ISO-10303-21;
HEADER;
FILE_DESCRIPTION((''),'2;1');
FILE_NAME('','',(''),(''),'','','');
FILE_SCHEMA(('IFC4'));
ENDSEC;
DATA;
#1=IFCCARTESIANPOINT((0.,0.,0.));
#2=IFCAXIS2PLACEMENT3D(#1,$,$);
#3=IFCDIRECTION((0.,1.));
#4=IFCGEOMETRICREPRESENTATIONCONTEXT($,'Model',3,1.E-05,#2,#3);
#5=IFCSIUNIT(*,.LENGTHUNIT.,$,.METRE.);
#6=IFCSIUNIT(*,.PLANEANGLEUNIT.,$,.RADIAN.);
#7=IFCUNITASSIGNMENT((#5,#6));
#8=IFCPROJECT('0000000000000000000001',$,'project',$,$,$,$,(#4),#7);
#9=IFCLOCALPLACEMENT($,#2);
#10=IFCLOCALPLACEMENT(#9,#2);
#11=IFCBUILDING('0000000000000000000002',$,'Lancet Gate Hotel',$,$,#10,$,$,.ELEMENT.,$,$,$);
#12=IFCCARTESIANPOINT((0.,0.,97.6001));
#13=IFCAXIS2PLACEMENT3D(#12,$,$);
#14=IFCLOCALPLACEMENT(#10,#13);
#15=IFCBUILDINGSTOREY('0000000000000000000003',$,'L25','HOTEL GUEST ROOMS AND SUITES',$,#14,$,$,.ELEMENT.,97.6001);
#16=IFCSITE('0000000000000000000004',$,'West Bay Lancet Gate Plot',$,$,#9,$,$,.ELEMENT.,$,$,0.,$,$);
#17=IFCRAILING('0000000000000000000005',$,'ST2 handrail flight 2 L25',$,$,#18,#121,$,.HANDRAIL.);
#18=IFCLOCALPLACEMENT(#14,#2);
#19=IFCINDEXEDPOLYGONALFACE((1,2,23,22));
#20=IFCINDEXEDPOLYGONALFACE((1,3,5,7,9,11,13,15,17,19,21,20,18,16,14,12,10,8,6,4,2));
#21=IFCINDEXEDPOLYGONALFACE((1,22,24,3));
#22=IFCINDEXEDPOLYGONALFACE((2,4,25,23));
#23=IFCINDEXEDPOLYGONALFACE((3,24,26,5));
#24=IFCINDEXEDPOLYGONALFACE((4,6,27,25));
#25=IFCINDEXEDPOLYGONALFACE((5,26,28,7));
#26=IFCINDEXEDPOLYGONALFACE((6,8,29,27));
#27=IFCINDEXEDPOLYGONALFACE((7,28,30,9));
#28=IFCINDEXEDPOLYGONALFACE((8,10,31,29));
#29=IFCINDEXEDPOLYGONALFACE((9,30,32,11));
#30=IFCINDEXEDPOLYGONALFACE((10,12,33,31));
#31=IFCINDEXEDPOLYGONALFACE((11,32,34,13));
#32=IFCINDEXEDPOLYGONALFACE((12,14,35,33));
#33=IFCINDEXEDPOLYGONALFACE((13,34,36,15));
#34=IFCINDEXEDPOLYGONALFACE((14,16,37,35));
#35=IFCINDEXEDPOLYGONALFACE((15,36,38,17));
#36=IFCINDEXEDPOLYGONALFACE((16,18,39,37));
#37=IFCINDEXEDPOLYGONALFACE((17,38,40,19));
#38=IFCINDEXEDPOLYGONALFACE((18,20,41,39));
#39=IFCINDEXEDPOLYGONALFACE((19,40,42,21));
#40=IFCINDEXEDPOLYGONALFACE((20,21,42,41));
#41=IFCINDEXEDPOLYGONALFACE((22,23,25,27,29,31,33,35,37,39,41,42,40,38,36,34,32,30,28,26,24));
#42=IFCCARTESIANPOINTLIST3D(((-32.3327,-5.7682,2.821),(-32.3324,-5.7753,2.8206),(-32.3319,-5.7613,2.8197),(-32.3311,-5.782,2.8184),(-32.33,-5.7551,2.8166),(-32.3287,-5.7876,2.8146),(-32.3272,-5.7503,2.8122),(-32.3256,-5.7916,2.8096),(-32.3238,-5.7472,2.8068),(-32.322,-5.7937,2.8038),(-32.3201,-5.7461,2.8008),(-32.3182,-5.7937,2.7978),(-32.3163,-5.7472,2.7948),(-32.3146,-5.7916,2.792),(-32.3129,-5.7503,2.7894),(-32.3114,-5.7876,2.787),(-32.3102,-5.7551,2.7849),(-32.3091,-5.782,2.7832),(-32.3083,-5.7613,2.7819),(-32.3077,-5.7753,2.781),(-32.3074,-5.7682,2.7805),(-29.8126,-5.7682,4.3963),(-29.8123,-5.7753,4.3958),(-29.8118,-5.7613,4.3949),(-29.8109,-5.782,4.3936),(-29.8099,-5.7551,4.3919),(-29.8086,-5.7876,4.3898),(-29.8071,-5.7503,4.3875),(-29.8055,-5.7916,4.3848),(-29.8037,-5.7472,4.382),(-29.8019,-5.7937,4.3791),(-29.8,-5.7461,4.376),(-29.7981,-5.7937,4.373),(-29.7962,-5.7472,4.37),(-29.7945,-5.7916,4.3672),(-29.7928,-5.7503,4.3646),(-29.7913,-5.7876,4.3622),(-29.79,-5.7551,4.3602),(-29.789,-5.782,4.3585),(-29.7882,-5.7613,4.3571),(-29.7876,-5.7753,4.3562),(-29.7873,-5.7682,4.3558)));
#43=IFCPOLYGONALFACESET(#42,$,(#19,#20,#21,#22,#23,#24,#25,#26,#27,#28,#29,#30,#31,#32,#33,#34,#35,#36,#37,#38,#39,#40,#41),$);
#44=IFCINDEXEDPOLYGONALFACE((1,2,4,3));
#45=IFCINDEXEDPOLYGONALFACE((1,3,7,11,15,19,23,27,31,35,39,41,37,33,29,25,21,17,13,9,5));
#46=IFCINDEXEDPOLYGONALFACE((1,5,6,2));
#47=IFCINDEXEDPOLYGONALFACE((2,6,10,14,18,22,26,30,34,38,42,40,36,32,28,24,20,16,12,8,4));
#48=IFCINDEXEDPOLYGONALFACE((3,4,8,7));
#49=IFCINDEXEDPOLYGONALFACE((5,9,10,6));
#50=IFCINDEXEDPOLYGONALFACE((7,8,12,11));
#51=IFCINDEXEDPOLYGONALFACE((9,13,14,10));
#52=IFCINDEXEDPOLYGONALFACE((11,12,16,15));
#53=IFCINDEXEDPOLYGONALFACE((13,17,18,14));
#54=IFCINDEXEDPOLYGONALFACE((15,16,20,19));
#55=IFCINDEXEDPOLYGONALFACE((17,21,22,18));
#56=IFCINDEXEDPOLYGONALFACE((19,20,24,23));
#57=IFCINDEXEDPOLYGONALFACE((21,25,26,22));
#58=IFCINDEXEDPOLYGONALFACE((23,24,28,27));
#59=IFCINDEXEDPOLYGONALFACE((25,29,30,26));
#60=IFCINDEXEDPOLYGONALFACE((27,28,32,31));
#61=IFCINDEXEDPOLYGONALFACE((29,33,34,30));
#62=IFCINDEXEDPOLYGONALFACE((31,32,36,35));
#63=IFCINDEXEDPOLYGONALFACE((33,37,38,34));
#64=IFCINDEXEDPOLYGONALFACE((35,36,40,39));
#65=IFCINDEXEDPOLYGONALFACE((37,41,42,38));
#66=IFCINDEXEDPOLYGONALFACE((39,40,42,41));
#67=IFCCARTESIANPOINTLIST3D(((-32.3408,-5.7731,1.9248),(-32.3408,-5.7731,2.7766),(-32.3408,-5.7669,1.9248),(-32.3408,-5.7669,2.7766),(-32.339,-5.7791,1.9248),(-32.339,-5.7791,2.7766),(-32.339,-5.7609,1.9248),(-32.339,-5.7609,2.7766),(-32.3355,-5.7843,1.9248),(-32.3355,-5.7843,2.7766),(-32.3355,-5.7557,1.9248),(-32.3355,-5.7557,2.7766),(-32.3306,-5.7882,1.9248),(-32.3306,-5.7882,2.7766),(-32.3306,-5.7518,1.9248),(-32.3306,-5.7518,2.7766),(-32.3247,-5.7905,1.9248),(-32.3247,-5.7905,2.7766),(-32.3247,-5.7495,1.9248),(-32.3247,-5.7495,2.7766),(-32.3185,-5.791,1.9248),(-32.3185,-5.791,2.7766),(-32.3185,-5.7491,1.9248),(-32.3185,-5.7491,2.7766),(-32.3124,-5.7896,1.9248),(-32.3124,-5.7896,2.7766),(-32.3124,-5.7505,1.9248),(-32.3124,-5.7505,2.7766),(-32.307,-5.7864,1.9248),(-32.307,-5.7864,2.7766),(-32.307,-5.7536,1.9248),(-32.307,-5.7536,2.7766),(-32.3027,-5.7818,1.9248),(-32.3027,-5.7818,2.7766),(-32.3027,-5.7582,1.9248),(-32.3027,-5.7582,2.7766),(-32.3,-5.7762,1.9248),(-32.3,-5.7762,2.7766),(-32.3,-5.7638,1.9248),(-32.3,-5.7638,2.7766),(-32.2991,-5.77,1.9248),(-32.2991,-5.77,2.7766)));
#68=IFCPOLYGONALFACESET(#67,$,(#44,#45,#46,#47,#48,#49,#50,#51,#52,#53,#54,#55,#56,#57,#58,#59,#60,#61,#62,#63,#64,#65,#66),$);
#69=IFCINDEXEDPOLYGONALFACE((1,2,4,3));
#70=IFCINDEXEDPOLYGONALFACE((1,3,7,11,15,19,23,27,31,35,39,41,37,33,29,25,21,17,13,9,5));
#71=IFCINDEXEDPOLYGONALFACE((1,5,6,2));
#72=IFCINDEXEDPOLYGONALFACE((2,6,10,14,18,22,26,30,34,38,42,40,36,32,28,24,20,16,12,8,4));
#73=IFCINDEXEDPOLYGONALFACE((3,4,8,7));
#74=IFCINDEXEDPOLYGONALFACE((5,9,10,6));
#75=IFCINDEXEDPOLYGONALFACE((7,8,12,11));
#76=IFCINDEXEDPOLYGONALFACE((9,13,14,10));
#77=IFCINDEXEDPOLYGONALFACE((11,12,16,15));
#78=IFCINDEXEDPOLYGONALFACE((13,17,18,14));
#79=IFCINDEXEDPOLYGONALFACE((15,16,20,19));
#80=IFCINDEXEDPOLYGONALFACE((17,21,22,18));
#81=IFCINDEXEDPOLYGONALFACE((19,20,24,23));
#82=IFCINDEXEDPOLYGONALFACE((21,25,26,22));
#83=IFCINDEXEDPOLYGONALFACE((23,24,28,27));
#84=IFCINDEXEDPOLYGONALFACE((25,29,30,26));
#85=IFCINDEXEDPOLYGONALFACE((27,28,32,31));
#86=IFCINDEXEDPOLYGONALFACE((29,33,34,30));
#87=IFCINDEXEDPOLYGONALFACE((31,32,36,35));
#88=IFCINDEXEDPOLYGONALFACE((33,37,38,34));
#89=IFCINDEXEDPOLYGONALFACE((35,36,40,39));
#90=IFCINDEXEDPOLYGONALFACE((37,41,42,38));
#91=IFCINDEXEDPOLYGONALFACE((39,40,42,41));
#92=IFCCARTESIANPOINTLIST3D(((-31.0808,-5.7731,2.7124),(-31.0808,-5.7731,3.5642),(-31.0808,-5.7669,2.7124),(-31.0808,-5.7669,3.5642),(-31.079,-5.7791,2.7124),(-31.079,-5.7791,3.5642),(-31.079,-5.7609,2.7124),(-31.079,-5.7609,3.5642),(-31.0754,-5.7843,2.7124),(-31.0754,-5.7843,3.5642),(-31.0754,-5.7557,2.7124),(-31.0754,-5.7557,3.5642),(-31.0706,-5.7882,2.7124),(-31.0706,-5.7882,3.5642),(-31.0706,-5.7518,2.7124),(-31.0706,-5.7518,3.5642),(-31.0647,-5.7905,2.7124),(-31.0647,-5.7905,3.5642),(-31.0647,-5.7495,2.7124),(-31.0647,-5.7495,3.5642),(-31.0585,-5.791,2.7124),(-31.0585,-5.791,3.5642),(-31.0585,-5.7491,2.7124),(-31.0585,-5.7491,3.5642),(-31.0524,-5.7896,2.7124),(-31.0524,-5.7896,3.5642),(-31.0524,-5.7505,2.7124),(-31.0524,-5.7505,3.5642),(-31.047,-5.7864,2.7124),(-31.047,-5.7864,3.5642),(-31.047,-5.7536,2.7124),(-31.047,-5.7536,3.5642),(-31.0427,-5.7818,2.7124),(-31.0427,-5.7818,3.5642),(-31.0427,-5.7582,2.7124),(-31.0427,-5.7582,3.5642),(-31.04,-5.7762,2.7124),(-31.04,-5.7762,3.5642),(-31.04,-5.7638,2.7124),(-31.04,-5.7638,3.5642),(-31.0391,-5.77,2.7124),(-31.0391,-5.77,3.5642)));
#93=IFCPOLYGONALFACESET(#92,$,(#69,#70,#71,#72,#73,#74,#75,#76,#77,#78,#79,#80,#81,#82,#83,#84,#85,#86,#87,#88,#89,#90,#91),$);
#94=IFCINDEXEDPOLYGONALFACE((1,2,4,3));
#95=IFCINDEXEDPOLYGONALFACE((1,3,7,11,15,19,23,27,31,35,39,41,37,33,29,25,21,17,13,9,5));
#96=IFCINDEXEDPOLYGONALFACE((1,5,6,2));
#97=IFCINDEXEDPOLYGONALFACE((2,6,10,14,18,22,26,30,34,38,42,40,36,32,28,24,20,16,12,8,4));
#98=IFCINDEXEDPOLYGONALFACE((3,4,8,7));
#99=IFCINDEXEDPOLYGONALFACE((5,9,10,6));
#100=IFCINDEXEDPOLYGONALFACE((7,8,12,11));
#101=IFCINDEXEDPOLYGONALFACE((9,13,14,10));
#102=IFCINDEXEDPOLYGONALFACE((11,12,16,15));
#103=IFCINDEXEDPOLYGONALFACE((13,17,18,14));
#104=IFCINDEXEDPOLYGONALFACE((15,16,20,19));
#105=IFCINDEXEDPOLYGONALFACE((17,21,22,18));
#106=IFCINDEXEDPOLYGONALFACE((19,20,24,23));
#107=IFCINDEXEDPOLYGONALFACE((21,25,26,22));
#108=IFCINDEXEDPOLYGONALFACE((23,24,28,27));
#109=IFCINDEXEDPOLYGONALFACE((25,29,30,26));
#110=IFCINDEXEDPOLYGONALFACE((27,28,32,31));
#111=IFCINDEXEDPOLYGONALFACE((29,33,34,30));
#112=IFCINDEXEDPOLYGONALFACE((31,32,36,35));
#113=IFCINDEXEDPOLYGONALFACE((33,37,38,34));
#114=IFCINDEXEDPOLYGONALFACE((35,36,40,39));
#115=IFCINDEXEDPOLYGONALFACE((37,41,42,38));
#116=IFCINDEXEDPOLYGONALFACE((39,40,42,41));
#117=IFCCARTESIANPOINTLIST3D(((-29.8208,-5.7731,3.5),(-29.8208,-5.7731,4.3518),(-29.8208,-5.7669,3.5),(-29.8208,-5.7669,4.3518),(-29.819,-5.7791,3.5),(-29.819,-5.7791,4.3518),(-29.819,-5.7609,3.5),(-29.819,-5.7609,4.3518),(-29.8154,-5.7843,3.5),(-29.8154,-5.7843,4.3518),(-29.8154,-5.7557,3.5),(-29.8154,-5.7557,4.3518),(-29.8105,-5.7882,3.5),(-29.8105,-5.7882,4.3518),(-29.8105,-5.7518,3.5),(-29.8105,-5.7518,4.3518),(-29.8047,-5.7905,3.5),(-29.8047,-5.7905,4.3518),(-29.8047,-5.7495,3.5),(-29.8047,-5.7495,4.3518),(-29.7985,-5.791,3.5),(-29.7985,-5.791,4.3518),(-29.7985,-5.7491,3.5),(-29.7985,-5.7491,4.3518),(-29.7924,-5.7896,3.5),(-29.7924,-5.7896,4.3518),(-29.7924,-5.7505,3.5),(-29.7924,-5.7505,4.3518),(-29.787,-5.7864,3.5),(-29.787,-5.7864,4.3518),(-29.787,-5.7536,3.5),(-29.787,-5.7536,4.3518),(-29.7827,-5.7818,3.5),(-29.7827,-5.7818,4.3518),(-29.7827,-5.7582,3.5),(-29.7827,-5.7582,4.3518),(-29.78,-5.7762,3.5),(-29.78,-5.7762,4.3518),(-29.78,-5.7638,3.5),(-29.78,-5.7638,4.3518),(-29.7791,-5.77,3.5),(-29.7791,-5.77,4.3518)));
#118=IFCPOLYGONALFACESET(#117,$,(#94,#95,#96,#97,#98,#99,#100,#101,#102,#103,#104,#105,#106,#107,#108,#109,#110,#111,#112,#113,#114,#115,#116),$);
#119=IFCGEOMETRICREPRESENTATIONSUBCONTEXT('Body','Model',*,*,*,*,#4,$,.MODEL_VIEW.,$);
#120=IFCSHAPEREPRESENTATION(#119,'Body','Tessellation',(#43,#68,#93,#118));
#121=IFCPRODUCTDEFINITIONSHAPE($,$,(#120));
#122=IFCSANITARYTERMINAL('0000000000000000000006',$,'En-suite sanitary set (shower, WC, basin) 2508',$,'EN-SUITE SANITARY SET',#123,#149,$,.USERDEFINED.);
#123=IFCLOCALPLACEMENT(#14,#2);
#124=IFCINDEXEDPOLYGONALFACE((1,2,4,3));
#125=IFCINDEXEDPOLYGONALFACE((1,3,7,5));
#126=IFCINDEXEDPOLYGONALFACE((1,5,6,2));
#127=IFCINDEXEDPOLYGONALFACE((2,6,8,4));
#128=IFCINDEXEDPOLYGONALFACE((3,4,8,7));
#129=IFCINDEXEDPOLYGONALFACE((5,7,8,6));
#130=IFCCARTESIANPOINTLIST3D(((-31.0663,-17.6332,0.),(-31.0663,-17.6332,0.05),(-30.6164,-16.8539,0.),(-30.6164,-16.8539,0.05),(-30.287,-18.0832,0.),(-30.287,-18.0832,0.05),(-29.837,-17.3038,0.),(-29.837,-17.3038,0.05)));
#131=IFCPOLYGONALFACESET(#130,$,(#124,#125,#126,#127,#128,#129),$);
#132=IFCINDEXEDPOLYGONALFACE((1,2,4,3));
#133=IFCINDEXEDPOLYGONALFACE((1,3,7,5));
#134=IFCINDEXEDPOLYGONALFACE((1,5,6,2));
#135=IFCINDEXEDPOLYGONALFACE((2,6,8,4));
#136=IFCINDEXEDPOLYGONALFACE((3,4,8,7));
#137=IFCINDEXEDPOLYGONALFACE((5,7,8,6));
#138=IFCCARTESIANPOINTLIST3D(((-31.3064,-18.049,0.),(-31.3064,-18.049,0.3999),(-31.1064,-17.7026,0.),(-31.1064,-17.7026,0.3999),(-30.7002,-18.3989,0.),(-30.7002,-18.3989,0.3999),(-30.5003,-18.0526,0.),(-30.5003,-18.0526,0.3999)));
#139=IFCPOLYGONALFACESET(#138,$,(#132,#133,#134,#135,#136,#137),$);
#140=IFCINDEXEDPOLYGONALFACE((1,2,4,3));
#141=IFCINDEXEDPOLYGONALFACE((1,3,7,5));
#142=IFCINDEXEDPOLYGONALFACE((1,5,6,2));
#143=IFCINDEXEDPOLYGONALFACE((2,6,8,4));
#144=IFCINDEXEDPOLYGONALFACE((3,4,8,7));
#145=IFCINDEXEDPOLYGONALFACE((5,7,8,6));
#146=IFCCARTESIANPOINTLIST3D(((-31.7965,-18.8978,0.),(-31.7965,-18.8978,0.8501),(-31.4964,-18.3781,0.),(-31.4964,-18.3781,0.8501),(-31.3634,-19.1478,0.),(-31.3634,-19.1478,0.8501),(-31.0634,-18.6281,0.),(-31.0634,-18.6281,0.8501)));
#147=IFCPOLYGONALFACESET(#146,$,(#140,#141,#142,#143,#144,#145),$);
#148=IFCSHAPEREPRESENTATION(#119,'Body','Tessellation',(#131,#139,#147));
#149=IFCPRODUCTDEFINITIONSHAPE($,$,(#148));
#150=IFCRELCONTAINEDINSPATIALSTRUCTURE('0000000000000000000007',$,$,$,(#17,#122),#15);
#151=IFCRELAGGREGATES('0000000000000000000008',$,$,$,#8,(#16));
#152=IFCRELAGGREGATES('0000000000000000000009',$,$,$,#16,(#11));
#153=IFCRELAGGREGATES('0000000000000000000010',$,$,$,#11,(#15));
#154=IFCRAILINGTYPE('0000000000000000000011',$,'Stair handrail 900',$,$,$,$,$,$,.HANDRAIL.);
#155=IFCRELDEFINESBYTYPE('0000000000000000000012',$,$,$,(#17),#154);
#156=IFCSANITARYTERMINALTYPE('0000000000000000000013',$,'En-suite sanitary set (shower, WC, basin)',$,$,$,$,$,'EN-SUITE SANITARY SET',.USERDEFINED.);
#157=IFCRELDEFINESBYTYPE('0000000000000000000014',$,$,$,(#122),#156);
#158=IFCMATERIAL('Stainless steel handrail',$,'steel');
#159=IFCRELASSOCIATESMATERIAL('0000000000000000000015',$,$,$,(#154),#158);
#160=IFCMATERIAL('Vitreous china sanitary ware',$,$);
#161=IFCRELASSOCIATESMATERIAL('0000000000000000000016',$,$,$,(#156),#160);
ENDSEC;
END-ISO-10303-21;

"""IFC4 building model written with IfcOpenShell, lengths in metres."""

from ifc_helpers import new_model, si_unit, direction, frame, origin, origin_2d, place, context, subcontext, project, spatial, rectangle, circle, extrude, material, type_object, element, save


model = new_model("IFC4")

# Units and contexts
model_context = context("Model", 3, precision=1e-05, world=origin(), true_north=direction((0.0, 1.0)))
body_context = subcontext(model_context, "Body", "Model", "MODEL_VIEW")
ifc_project = project(units=[si_unit("LENGTHUNIT", "METRE"), si_unit("PLANEANGLEUNIT", "RADIAN")], contexts=[model_context])

# Site, building, storey
site_placement = place(None, origin())
site = spatial("IfcSite", under=ifc_project, at=site_placement, Name="West Bay Lancet Gate Plot", CompositionType="ELEMENT", RefElevation=0.0)
building_placement = place(site_placement, origin())
building = spatial("IfcBuilding", under=site, at=building_placement, Name="Lancet Gate Hotel", CompositionType="ELEMENT")
storey_placement = place(building_placement, frame((0.0, 0.0, 97.6001)))
storey = spatial("IfcBuildingStorey", under=building, at=storey_placement, Name="L25", Description="HOTEL GUEST ROOMS AND SUITES", CompositionType="ELEMENT", Elevation=97.6001)

# Railing
ifc_material_1 = material(Name="Stainless steel handrail", Category="steel")
railing_type = type_object("IfcRailingType", Name="Stair handrail 900", PredefinedType="HANDRAIL", material=ifc_material_1)
railing_1_placement = place(storey_placement, frame((-32.3201, -5.77, 1.9248)))
element("IfcRailing", 1, at=railing_1_placement, inside=storey, type_object=railing_type, Name="ST2 handrail flight 2 L25", PredefinedType="HANDRAIL", context=body_context, shape_type="SweptSolid", body=[
    extrude(circle(Radius=0.0239, at=origin_2d()), frame((0.0, 0.0, 0.876), z_axis=(0.847971, 0.0, 0.530043), x_axis=(0.0, 1.0, 0.0)), (0.0, 0.0, 1.0), 2.9719),
    extrude(circle(Radius=0.021, at=origin_2d()), origin(), (0.0, 0.0, 1.0), 0.8518),
    extrude(circle(Radius=0.021, at=origin_2d()), frame((1.26, 0.0, 0.7876)), (0.0, 0.0, 1.0), 0.8518),
    extrude(circle(Radius=0.021, at=origin_2d()), frame((2.52, 0.0, 1.5752)), (0.0, 0.0, 1.0), 0.8518),
])

# Sanitary terminal
ifc_material_2 = material(Name="Vitreous china sanitary ware")
sanitary_terminal_type = type_object("IfcSanitaryTerminalType", Name="En-suite sanitary set (shower, WC, basin)", ElementType="EN-SUITE SANITARY SET", PredefinedType="USERDEFINED", material=ifc_material_2)
sanitary_terminal_placement = place(storey_placement, frame((-30.4517, -17.4685, 0.0), z_axis=(0.0, 0.0, 1.0), x_axis=(1.0, 0.0, 0.0)))
element("IfcSanitaryTerminal", 2, at=sanitary_terminal_placement, inside=storey, type_object=sanitary_terminal_type, Name="En-suite sanitary set (shower, WC, basin) 2508", ObjectType="EN-SUITE SANITARY SET", PredefinedType="USERDEFINED", context=body_context, shape_type="SweptSolid", body=[
    extrude(rectangle(XDim=0.8999, YDim=0.8999, at=origin_2d()), frame((0.0, 0.0, 0.0), z_axis=(0.0, 0.0, 1.0), x_axis=(0.5, 0.866025, 0.0)), (0.0, 0.0, 1.0), 0.05),
    extrude(rectangle(XDim=0.3999, YDim=0.7, at=origin_2d()), frame((-0.4517, -0.5823, 0.0), z_axis=(0.0, 0.0, 1.0), x_axis=(0.5, 0.866025, 0.0)), (0.0, 0.0, 1.0), 0.3999),
    extrude(rectangle(XDim=0.6001, YDim=0.5, at=origin_2d()), frame((-0.9783, -1.2944, 0.0), z_axis=(0.0, 0.0, 1.0), x_axis=(0.5, 0.866025, 0.0)), (0.0, 0.0, 1.0), 0.8501),
])

save(model, "model.ifc")
